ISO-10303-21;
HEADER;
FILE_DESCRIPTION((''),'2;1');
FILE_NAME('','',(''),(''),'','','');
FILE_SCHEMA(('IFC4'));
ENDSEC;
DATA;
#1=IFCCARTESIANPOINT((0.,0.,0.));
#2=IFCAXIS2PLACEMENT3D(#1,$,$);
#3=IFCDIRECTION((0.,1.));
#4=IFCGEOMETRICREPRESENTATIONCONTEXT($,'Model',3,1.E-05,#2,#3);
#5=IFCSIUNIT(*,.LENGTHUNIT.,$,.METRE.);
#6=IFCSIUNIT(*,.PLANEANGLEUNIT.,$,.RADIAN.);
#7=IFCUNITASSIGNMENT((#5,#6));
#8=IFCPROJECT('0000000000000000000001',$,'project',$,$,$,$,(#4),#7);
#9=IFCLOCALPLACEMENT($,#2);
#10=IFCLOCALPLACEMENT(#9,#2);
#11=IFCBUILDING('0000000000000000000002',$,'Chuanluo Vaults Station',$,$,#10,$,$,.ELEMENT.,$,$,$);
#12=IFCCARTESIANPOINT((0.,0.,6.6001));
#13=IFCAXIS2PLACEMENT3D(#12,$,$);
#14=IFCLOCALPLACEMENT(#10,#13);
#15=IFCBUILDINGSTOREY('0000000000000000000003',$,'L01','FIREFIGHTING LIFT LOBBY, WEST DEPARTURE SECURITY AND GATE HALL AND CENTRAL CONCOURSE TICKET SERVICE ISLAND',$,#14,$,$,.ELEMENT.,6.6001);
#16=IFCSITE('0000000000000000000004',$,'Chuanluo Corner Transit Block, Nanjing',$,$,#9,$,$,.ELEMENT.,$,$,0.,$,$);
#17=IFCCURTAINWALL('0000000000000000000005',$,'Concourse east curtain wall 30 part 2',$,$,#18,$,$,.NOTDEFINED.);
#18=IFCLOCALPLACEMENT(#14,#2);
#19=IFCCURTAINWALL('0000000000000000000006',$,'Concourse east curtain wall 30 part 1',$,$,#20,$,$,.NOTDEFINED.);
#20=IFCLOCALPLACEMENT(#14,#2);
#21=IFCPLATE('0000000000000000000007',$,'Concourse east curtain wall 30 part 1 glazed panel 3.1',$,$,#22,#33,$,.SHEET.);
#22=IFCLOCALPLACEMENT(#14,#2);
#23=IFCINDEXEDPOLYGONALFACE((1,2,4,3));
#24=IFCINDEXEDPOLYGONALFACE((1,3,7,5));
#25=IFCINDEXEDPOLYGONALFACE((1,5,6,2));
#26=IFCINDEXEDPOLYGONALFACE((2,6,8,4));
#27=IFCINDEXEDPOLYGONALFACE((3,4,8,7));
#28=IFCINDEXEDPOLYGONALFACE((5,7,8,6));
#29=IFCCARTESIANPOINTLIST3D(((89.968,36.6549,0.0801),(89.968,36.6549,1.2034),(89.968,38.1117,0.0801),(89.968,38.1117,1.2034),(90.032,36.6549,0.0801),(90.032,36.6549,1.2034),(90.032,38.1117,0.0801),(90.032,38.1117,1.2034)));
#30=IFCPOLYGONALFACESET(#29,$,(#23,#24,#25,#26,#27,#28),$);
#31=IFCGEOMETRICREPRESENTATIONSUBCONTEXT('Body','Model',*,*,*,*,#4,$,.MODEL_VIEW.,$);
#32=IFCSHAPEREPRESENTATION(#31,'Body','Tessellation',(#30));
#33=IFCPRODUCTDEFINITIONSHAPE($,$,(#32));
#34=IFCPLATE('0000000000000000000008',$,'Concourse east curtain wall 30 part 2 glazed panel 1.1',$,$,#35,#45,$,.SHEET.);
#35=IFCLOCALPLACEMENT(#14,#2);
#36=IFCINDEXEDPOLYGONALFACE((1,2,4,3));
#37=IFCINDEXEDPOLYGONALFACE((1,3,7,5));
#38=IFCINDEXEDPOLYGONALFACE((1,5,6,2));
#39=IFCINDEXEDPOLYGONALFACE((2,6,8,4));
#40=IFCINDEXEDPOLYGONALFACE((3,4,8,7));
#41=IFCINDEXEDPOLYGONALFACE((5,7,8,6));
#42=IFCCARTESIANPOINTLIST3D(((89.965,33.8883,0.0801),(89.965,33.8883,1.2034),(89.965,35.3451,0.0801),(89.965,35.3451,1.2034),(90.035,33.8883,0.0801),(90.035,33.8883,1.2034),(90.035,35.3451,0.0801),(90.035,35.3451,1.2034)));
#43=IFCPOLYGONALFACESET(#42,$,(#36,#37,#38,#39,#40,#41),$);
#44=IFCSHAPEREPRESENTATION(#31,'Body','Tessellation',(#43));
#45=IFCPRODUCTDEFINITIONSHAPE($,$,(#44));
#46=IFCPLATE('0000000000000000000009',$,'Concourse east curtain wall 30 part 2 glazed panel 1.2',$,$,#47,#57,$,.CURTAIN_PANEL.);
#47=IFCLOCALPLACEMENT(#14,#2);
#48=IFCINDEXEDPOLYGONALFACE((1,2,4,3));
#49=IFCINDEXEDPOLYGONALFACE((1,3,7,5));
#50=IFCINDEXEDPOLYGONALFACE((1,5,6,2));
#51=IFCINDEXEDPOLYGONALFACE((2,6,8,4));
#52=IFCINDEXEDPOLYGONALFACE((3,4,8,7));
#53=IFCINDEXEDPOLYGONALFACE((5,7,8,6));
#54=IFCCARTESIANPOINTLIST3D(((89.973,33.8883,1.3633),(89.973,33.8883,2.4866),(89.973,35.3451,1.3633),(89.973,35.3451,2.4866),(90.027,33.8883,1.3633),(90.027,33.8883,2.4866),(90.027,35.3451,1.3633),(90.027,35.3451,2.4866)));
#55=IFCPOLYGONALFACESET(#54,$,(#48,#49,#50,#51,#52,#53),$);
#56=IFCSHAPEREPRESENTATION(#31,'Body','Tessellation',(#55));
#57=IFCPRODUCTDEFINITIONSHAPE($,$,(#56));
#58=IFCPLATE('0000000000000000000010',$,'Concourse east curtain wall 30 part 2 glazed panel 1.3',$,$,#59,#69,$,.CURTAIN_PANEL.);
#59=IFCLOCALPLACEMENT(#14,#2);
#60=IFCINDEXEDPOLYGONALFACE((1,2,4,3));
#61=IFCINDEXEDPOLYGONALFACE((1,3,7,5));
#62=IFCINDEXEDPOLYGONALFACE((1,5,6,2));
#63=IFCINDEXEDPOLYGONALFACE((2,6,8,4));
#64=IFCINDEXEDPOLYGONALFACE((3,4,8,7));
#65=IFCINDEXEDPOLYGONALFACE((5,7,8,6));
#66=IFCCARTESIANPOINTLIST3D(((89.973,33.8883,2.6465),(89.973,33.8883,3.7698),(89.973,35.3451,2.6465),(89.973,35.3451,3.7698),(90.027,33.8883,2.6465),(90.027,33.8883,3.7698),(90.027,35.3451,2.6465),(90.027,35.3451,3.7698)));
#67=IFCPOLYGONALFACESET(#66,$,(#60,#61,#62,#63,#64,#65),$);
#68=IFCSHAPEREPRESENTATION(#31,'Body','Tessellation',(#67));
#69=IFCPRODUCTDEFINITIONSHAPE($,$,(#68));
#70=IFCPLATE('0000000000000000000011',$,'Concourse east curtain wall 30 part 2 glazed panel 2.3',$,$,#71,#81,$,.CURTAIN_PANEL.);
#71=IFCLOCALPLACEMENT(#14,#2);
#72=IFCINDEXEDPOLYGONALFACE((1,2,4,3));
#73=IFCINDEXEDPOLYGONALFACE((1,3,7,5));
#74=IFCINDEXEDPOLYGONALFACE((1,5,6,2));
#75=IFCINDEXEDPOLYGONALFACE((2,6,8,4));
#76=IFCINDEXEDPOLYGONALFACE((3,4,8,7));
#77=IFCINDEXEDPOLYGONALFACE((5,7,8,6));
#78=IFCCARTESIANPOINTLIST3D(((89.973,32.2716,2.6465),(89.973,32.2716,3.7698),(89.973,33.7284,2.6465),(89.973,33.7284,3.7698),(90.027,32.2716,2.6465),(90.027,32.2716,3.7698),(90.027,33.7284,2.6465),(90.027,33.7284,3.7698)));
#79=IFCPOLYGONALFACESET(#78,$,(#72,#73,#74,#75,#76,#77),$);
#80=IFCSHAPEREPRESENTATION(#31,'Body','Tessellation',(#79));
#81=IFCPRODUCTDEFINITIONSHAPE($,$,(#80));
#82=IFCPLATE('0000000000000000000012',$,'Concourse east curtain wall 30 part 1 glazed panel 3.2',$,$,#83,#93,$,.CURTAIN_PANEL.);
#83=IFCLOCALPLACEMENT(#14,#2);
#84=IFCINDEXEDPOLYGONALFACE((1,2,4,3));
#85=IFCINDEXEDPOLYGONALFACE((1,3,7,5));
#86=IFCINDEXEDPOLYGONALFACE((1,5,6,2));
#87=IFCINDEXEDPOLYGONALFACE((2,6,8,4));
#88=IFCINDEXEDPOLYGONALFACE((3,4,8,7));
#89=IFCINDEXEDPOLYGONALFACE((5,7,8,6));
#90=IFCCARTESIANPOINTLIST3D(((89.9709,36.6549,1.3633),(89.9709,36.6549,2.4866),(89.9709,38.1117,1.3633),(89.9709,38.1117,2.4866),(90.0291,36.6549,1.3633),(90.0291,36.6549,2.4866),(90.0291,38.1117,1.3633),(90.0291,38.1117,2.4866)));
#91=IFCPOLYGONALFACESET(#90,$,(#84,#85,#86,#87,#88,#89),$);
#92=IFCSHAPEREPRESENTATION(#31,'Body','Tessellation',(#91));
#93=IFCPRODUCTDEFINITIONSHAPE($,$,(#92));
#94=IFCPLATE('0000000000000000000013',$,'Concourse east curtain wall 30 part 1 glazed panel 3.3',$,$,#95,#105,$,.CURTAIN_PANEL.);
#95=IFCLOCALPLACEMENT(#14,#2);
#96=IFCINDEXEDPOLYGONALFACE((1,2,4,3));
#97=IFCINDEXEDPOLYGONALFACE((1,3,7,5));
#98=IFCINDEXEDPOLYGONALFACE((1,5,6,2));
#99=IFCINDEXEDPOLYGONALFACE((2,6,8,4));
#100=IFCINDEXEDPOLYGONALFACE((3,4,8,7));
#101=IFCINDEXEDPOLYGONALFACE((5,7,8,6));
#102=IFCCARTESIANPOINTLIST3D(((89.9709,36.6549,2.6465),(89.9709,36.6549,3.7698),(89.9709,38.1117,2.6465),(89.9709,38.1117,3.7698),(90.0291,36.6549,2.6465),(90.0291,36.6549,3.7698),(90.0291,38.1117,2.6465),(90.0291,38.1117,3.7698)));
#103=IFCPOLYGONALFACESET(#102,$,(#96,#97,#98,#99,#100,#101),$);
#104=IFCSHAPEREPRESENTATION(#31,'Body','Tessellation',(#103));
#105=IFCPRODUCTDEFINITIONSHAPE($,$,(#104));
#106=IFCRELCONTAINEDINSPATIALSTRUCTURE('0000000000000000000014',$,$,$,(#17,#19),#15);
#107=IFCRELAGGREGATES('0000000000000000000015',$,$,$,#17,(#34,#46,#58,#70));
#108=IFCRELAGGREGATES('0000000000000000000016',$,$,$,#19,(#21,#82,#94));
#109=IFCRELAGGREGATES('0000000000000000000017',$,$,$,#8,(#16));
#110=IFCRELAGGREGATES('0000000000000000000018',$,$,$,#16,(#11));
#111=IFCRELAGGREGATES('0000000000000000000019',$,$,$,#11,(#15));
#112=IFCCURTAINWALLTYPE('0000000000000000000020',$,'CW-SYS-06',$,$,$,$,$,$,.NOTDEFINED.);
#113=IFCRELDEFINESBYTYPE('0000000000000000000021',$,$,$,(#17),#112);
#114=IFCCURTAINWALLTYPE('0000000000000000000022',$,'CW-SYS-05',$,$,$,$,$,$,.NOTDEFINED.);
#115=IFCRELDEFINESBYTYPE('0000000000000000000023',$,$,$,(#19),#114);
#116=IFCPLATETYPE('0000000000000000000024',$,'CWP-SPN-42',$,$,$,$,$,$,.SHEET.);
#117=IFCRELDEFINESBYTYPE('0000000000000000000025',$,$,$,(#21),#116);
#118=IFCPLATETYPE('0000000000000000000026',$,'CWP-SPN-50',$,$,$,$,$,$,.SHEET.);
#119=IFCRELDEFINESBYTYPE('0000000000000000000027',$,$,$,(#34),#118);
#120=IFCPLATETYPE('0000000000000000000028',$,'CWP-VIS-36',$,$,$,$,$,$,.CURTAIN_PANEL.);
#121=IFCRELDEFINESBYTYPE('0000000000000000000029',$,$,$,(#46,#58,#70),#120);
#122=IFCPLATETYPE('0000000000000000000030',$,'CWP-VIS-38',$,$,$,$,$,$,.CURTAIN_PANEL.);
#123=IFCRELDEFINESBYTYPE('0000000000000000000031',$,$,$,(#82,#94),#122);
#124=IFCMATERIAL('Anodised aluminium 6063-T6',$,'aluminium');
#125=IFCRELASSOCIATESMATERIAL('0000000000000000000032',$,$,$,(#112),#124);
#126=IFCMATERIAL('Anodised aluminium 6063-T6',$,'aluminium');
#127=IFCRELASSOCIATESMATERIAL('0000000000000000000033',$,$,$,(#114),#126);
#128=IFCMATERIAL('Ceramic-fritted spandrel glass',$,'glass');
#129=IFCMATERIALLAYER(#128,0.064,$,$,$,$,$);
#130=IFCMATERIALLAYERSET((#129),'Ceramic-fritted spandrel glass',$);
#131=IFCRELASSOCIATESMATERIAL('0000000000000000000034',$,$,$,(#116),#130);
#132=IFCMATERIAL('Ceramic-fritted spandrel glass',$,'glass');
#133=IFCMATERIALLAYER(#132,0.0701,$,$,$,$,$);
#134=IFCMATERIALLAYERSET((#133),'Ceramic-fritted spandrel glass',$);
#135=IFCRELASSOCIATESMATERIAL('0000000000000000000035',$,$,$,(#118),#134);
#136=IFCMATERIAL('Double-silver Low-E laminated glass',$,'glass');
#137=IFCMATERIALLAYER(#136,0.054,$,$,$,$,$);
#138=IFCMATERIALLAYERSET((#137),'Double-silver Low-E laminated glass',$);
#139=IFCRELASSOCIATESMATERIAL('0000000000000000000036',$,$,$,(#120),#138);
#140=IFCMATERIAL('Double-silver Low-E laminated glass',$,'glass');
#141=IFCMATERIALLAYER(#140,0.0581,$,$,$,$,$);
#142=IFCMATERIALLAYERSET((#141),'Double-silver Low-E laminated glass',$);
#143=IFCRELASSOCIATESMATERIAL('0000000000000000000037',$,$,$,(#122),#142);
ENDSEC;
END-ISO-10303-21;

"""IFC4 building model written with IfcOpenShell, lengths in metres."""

from ifc_helpers import new_model, si_unit, direction, frame, origin, origin_2d, place, context, subcontext, project, spatial, rectangle, extrude, material, layer, layer_set, type_object, element, aggregate, save


model = new_model("IFC4")

# Units and contexts
model_context = context("Model", 3, precision=1e-05, world=origin(), true_north=direction((0.0, 1.0)))
body_context = subcontext(model_context, "Body", "Model", "MODEL_VIEW")
ifc_project = project(units=[si_unit("LENGTHUNIT", "METRE"), si_unit("PLANEANGLEUNIT", "RADIAN")], contexts=[model_context])

# Site, building, storey
site_placement = place(None, origin())
site = spatial("IfcSite", under=ifc_project, at=site_placement, Name="Chuanluo Corner Transit Block, Nanjing", CompositionType="ELEMENT", RefElevation=0.0)
building_placement = place(site_placement, origin())
building = spatial("IfcBuilding", under=site, at=building_placement, Name="Chuanluo Vaults Station", CompositionType="ELEMENT")
storey_placement = place(building_placement, frame((0.0, 0.0, 6.6001)))
storey = spatial("IfcBuildingStorey", under=building, at=storey_placement, Name="L01", Description="FIREFIGHTING LIFT LOBBY, WEST DEPARTURE SECURITY AND GATE HALL AND CENTRAL CONCOURSE TICKET SERVICE ISLAND", CompositionType="ELEMENT", Elevation=6.6001)

# Curtain walls
ifc_material_1 = material(Name="Anodised aluminium 6063-T6", Category="aluminium")
curtain_wall_type_1 = type_object("IfcCurtainWallType", Name="CW-SYS-06", PredefinedType="NOTDEFINED", material=ifc_material_1)
curtain_wall_1_placement = place(storey_placement, origin())
curtain_wall_1 = element("IfcCurtainWall", 1, at=curtain_wall_1_placement, inside=storey, type_object=curtain_wall_type_1, Name="Concourse east curtain wall 30 part 2", PredefinedType="NOTDEFINED")
ifc_material_2 = material(Name="Anodised aluminium 6063-T6", Category="aluminium")
curtain_wall_type_2 = type_object("IfcCurtainWallType", Name="CW-SYS-05", PredefinedType="NOTDEFINED", material=ifc_material_2)
curtain_wall_2_placement = place(storey_placement, origin())
curtain_wall_2 = element("IfcCurtainWall", 2, at=curtain_wall_2_placement, inside=storey, type_object=curtain_wall_type_2, Name="Concourse east curtain wall 30 part 1", PredefinedType="NOTDEFINED")

# Plates
ifc_material_3 = material(Name="Ceramic-fritted spandrel glass", Category="glass")
ifc_layer_1 = layer(ifc_material_3, 0.064)
ifc_layer_set_1 = layer_set([ifc_layer_1], Name="Ceramic-fritted spandrel glass")
plate_type_1 = type_object("IfcPlateType", Name="CWP-SPN-42", PredefinedType="SHEET", material=ifc_layer_set_1)
plate_1_placement = place(storey_placement, frame((90.0, 37.3833, 0.0801), z_axis=(0.0, 0.0, 1.0), x_axis=(0.0, -1.0, 0.0)))
plate_1 = element("IfcPlate", 3, at=plate_1_placement, type_object=plate_type_1, Name="Concourse east curtain wall 30 part 1 glazed panel 3.1", PredefinedType="SHEET", context=body_context, shape_type="SweptSolid", body=[
    extrude(rectangle(XDim=1.4568, YDim=0.064, at=origin_2d()), origin(), (0.0, 0.0, 1.0), 1.1233),
])
ifc_material_4 = material(Name="Ceramic-fritted spandrel glass", Category="glass")
ifc_layer_2 = layer(ifc_material_4, 0.0701)
ifc_layer_set_2 = layer_set([ifc_layer_2], Name="Ceramic-fritted spandrel glass")
plate_type_2 = type_object("IfcPlateType", Name="CWP-SPN-50", PredefinedType="SHEET", material=ifc_layer_set_2)
plate_2_placement = place(storey_placement, frame((90.0, 34.6167, 0.0801), z_axis=(0.0, 0.0, 1.0), x_axis=(0.0, -1.0, 0.0)))
plate_2 = element("IfcPlate", 4, at=plate_2_placement, type_object=plate_type_2, Name="Concourse east curtain wall 30 part 2 glazed panel 1.1", PredefinedType="SHEET", context=body_context, shape_type="SweptSolid", body=[
    extrude(rectangle(XDim=1.4568, YDim=0.0701, at=origin_2d()), origin(), (0.0, 0.0, 1.0), 1.1233),
])
ifc_material_5 = material(Name="Double-silver Low-E laminated glass", Category="glass")
ifc_layer_3 = layer(ifc_material_5, 0.054)
ifc_layer_set_3 = layer_set([ifc_layer_3], Name="Double-silver Low-E laminated glass")
plate_type_3 = type_object("IfcPlateType", Name="CWP-VIS-36", PredefinedType="CURTAIN_PANEL", material=ifc_layer_set_3)
plate_3_placement = place(storey_placement, frame((90.0, 34.6167, 1.3633), z_axis=(0.0, 0.0, 1.0), x_axis=(0.0, -1.0, 0.0)))
plate_3 = element("IfcPlate", 5, at=plate_3_placement, type_object=plate_type_3, Name="Concourse east curtain wall 30 part 2 glazed panel 1.2", PredefinedType="CURTAIN_PANEL", context=body_context, shape_type="SweptSolid", body=[
    extrude(rectangle(XDim=1.4568, YDim=0.054, at=origin_2d()), origin(), (0.0, 0.0, 1.0), 1.1233),
])
plate_4_placement = place(storey_placement, frame((90.0, 34.6167, 2.6465), z_axis=(0.0, 0.0, 1.0), x_axis=(0.0, -1.0, 0.0)))
plate_4 = element("IfcPlate", 6, at=plate_4_placement, type_object=plate_type_3, Name="Concourse east curtain wall 30 part 2 glazed panel 1.3", PredefinedType="CURTAIN_PANEL", context=body_context, shape_type="SweptSolid", body=[
    extrude(rectangle(XDim=1.4568, YDim=0.054, at=origin_2d()), origin(), (0.0, 0.0, 1.0), 1.1233),
])
plate_5_placement = place(storey_placement, frame((90.0, 33.0, 2.6465), z_axis=(0.0, 0.0, 1.0), x_axis=(0.0, -1.0, 0.0)))
plate_5 = element("IfcPlate", 7, at=plate_5_placement, type_object=plate_type_3, Name="Concourse east curtain wall 30 part 2 glazed panel 2.3", PredefinedType="CURTAIN_PANEL", context=body_context, shape_type="SweptSolid", body=[
    extrude(rectangle(XDim=1.4568, YDim=0.054, at=origin_2d()), origin(), (0.0, 0.0, 1.0), 1.1233),
])
aggregate(curtain_wall_1, [plate_2, plate_3, plate_4, plate_5])
ifc_material_6 = material(Name="Double-silver Low-E laminated glass", Category="glass")
ifc_layer_4 = layer(ifc_material_6, 0.0581)
ifc_layer_set_4 = layer_set([ifc_layer_4], Name="Double-silver Low-E laminated glass")
plate_type_4 = type_object("IfcPlateType", Name="CWP-VIS-38", PredefinedType="CURTAIN_PANEL", material=ifc_layer_set_4)
plate_6_placement = place(storey_placement, frame((90.0, 37.3833, 1.3633), z_axis=(0.0, 0.0, 1.0), x_axis=(0.0, -1.0, 0.0)))
plate_6 = element("IfcPlate", 8, at=plate_6_placement, type_object=plate_type_4, Name="Concourse east curtain wall 30 part 1 glazed panel 3.2", PredefinedType="CURTAIN_PANEL", context=body_context, shape_type="SweptSolid", body=[
    extrude(rectangle(XDim=1.4568, YDim=0.0581, at=origin_2d()), origin(), (0.0, 0.0, 1.0), 1.1233),
])
plate_7_placement = place(storey_placement, frame((90.0, 37.3833, 2.6465), z_axis=(0.0, 0.0, 1.0), x_axis=(0.0, -1.0, 0.0)))
plate_7 = element("IfcPlate", 9, at=plate_7_placement, type_object=plate_type_4, Name="Concourse east curtain wall 30 part 1 glazed panel 3.3", PredefinedType="CURTAIN_PANEL", context=body_context, shape_type="SweptSolid", body=[
    extrude(rectangle(XDim=1.4568, YDim=0.0581, at=origin_2d()), origin(), (0.0, 0.0, 1.0), 1.1233),
])
aggregate(curtain_wall_2, [plate_1, plate_6, plate_7])

save(model, "model.ifc")
